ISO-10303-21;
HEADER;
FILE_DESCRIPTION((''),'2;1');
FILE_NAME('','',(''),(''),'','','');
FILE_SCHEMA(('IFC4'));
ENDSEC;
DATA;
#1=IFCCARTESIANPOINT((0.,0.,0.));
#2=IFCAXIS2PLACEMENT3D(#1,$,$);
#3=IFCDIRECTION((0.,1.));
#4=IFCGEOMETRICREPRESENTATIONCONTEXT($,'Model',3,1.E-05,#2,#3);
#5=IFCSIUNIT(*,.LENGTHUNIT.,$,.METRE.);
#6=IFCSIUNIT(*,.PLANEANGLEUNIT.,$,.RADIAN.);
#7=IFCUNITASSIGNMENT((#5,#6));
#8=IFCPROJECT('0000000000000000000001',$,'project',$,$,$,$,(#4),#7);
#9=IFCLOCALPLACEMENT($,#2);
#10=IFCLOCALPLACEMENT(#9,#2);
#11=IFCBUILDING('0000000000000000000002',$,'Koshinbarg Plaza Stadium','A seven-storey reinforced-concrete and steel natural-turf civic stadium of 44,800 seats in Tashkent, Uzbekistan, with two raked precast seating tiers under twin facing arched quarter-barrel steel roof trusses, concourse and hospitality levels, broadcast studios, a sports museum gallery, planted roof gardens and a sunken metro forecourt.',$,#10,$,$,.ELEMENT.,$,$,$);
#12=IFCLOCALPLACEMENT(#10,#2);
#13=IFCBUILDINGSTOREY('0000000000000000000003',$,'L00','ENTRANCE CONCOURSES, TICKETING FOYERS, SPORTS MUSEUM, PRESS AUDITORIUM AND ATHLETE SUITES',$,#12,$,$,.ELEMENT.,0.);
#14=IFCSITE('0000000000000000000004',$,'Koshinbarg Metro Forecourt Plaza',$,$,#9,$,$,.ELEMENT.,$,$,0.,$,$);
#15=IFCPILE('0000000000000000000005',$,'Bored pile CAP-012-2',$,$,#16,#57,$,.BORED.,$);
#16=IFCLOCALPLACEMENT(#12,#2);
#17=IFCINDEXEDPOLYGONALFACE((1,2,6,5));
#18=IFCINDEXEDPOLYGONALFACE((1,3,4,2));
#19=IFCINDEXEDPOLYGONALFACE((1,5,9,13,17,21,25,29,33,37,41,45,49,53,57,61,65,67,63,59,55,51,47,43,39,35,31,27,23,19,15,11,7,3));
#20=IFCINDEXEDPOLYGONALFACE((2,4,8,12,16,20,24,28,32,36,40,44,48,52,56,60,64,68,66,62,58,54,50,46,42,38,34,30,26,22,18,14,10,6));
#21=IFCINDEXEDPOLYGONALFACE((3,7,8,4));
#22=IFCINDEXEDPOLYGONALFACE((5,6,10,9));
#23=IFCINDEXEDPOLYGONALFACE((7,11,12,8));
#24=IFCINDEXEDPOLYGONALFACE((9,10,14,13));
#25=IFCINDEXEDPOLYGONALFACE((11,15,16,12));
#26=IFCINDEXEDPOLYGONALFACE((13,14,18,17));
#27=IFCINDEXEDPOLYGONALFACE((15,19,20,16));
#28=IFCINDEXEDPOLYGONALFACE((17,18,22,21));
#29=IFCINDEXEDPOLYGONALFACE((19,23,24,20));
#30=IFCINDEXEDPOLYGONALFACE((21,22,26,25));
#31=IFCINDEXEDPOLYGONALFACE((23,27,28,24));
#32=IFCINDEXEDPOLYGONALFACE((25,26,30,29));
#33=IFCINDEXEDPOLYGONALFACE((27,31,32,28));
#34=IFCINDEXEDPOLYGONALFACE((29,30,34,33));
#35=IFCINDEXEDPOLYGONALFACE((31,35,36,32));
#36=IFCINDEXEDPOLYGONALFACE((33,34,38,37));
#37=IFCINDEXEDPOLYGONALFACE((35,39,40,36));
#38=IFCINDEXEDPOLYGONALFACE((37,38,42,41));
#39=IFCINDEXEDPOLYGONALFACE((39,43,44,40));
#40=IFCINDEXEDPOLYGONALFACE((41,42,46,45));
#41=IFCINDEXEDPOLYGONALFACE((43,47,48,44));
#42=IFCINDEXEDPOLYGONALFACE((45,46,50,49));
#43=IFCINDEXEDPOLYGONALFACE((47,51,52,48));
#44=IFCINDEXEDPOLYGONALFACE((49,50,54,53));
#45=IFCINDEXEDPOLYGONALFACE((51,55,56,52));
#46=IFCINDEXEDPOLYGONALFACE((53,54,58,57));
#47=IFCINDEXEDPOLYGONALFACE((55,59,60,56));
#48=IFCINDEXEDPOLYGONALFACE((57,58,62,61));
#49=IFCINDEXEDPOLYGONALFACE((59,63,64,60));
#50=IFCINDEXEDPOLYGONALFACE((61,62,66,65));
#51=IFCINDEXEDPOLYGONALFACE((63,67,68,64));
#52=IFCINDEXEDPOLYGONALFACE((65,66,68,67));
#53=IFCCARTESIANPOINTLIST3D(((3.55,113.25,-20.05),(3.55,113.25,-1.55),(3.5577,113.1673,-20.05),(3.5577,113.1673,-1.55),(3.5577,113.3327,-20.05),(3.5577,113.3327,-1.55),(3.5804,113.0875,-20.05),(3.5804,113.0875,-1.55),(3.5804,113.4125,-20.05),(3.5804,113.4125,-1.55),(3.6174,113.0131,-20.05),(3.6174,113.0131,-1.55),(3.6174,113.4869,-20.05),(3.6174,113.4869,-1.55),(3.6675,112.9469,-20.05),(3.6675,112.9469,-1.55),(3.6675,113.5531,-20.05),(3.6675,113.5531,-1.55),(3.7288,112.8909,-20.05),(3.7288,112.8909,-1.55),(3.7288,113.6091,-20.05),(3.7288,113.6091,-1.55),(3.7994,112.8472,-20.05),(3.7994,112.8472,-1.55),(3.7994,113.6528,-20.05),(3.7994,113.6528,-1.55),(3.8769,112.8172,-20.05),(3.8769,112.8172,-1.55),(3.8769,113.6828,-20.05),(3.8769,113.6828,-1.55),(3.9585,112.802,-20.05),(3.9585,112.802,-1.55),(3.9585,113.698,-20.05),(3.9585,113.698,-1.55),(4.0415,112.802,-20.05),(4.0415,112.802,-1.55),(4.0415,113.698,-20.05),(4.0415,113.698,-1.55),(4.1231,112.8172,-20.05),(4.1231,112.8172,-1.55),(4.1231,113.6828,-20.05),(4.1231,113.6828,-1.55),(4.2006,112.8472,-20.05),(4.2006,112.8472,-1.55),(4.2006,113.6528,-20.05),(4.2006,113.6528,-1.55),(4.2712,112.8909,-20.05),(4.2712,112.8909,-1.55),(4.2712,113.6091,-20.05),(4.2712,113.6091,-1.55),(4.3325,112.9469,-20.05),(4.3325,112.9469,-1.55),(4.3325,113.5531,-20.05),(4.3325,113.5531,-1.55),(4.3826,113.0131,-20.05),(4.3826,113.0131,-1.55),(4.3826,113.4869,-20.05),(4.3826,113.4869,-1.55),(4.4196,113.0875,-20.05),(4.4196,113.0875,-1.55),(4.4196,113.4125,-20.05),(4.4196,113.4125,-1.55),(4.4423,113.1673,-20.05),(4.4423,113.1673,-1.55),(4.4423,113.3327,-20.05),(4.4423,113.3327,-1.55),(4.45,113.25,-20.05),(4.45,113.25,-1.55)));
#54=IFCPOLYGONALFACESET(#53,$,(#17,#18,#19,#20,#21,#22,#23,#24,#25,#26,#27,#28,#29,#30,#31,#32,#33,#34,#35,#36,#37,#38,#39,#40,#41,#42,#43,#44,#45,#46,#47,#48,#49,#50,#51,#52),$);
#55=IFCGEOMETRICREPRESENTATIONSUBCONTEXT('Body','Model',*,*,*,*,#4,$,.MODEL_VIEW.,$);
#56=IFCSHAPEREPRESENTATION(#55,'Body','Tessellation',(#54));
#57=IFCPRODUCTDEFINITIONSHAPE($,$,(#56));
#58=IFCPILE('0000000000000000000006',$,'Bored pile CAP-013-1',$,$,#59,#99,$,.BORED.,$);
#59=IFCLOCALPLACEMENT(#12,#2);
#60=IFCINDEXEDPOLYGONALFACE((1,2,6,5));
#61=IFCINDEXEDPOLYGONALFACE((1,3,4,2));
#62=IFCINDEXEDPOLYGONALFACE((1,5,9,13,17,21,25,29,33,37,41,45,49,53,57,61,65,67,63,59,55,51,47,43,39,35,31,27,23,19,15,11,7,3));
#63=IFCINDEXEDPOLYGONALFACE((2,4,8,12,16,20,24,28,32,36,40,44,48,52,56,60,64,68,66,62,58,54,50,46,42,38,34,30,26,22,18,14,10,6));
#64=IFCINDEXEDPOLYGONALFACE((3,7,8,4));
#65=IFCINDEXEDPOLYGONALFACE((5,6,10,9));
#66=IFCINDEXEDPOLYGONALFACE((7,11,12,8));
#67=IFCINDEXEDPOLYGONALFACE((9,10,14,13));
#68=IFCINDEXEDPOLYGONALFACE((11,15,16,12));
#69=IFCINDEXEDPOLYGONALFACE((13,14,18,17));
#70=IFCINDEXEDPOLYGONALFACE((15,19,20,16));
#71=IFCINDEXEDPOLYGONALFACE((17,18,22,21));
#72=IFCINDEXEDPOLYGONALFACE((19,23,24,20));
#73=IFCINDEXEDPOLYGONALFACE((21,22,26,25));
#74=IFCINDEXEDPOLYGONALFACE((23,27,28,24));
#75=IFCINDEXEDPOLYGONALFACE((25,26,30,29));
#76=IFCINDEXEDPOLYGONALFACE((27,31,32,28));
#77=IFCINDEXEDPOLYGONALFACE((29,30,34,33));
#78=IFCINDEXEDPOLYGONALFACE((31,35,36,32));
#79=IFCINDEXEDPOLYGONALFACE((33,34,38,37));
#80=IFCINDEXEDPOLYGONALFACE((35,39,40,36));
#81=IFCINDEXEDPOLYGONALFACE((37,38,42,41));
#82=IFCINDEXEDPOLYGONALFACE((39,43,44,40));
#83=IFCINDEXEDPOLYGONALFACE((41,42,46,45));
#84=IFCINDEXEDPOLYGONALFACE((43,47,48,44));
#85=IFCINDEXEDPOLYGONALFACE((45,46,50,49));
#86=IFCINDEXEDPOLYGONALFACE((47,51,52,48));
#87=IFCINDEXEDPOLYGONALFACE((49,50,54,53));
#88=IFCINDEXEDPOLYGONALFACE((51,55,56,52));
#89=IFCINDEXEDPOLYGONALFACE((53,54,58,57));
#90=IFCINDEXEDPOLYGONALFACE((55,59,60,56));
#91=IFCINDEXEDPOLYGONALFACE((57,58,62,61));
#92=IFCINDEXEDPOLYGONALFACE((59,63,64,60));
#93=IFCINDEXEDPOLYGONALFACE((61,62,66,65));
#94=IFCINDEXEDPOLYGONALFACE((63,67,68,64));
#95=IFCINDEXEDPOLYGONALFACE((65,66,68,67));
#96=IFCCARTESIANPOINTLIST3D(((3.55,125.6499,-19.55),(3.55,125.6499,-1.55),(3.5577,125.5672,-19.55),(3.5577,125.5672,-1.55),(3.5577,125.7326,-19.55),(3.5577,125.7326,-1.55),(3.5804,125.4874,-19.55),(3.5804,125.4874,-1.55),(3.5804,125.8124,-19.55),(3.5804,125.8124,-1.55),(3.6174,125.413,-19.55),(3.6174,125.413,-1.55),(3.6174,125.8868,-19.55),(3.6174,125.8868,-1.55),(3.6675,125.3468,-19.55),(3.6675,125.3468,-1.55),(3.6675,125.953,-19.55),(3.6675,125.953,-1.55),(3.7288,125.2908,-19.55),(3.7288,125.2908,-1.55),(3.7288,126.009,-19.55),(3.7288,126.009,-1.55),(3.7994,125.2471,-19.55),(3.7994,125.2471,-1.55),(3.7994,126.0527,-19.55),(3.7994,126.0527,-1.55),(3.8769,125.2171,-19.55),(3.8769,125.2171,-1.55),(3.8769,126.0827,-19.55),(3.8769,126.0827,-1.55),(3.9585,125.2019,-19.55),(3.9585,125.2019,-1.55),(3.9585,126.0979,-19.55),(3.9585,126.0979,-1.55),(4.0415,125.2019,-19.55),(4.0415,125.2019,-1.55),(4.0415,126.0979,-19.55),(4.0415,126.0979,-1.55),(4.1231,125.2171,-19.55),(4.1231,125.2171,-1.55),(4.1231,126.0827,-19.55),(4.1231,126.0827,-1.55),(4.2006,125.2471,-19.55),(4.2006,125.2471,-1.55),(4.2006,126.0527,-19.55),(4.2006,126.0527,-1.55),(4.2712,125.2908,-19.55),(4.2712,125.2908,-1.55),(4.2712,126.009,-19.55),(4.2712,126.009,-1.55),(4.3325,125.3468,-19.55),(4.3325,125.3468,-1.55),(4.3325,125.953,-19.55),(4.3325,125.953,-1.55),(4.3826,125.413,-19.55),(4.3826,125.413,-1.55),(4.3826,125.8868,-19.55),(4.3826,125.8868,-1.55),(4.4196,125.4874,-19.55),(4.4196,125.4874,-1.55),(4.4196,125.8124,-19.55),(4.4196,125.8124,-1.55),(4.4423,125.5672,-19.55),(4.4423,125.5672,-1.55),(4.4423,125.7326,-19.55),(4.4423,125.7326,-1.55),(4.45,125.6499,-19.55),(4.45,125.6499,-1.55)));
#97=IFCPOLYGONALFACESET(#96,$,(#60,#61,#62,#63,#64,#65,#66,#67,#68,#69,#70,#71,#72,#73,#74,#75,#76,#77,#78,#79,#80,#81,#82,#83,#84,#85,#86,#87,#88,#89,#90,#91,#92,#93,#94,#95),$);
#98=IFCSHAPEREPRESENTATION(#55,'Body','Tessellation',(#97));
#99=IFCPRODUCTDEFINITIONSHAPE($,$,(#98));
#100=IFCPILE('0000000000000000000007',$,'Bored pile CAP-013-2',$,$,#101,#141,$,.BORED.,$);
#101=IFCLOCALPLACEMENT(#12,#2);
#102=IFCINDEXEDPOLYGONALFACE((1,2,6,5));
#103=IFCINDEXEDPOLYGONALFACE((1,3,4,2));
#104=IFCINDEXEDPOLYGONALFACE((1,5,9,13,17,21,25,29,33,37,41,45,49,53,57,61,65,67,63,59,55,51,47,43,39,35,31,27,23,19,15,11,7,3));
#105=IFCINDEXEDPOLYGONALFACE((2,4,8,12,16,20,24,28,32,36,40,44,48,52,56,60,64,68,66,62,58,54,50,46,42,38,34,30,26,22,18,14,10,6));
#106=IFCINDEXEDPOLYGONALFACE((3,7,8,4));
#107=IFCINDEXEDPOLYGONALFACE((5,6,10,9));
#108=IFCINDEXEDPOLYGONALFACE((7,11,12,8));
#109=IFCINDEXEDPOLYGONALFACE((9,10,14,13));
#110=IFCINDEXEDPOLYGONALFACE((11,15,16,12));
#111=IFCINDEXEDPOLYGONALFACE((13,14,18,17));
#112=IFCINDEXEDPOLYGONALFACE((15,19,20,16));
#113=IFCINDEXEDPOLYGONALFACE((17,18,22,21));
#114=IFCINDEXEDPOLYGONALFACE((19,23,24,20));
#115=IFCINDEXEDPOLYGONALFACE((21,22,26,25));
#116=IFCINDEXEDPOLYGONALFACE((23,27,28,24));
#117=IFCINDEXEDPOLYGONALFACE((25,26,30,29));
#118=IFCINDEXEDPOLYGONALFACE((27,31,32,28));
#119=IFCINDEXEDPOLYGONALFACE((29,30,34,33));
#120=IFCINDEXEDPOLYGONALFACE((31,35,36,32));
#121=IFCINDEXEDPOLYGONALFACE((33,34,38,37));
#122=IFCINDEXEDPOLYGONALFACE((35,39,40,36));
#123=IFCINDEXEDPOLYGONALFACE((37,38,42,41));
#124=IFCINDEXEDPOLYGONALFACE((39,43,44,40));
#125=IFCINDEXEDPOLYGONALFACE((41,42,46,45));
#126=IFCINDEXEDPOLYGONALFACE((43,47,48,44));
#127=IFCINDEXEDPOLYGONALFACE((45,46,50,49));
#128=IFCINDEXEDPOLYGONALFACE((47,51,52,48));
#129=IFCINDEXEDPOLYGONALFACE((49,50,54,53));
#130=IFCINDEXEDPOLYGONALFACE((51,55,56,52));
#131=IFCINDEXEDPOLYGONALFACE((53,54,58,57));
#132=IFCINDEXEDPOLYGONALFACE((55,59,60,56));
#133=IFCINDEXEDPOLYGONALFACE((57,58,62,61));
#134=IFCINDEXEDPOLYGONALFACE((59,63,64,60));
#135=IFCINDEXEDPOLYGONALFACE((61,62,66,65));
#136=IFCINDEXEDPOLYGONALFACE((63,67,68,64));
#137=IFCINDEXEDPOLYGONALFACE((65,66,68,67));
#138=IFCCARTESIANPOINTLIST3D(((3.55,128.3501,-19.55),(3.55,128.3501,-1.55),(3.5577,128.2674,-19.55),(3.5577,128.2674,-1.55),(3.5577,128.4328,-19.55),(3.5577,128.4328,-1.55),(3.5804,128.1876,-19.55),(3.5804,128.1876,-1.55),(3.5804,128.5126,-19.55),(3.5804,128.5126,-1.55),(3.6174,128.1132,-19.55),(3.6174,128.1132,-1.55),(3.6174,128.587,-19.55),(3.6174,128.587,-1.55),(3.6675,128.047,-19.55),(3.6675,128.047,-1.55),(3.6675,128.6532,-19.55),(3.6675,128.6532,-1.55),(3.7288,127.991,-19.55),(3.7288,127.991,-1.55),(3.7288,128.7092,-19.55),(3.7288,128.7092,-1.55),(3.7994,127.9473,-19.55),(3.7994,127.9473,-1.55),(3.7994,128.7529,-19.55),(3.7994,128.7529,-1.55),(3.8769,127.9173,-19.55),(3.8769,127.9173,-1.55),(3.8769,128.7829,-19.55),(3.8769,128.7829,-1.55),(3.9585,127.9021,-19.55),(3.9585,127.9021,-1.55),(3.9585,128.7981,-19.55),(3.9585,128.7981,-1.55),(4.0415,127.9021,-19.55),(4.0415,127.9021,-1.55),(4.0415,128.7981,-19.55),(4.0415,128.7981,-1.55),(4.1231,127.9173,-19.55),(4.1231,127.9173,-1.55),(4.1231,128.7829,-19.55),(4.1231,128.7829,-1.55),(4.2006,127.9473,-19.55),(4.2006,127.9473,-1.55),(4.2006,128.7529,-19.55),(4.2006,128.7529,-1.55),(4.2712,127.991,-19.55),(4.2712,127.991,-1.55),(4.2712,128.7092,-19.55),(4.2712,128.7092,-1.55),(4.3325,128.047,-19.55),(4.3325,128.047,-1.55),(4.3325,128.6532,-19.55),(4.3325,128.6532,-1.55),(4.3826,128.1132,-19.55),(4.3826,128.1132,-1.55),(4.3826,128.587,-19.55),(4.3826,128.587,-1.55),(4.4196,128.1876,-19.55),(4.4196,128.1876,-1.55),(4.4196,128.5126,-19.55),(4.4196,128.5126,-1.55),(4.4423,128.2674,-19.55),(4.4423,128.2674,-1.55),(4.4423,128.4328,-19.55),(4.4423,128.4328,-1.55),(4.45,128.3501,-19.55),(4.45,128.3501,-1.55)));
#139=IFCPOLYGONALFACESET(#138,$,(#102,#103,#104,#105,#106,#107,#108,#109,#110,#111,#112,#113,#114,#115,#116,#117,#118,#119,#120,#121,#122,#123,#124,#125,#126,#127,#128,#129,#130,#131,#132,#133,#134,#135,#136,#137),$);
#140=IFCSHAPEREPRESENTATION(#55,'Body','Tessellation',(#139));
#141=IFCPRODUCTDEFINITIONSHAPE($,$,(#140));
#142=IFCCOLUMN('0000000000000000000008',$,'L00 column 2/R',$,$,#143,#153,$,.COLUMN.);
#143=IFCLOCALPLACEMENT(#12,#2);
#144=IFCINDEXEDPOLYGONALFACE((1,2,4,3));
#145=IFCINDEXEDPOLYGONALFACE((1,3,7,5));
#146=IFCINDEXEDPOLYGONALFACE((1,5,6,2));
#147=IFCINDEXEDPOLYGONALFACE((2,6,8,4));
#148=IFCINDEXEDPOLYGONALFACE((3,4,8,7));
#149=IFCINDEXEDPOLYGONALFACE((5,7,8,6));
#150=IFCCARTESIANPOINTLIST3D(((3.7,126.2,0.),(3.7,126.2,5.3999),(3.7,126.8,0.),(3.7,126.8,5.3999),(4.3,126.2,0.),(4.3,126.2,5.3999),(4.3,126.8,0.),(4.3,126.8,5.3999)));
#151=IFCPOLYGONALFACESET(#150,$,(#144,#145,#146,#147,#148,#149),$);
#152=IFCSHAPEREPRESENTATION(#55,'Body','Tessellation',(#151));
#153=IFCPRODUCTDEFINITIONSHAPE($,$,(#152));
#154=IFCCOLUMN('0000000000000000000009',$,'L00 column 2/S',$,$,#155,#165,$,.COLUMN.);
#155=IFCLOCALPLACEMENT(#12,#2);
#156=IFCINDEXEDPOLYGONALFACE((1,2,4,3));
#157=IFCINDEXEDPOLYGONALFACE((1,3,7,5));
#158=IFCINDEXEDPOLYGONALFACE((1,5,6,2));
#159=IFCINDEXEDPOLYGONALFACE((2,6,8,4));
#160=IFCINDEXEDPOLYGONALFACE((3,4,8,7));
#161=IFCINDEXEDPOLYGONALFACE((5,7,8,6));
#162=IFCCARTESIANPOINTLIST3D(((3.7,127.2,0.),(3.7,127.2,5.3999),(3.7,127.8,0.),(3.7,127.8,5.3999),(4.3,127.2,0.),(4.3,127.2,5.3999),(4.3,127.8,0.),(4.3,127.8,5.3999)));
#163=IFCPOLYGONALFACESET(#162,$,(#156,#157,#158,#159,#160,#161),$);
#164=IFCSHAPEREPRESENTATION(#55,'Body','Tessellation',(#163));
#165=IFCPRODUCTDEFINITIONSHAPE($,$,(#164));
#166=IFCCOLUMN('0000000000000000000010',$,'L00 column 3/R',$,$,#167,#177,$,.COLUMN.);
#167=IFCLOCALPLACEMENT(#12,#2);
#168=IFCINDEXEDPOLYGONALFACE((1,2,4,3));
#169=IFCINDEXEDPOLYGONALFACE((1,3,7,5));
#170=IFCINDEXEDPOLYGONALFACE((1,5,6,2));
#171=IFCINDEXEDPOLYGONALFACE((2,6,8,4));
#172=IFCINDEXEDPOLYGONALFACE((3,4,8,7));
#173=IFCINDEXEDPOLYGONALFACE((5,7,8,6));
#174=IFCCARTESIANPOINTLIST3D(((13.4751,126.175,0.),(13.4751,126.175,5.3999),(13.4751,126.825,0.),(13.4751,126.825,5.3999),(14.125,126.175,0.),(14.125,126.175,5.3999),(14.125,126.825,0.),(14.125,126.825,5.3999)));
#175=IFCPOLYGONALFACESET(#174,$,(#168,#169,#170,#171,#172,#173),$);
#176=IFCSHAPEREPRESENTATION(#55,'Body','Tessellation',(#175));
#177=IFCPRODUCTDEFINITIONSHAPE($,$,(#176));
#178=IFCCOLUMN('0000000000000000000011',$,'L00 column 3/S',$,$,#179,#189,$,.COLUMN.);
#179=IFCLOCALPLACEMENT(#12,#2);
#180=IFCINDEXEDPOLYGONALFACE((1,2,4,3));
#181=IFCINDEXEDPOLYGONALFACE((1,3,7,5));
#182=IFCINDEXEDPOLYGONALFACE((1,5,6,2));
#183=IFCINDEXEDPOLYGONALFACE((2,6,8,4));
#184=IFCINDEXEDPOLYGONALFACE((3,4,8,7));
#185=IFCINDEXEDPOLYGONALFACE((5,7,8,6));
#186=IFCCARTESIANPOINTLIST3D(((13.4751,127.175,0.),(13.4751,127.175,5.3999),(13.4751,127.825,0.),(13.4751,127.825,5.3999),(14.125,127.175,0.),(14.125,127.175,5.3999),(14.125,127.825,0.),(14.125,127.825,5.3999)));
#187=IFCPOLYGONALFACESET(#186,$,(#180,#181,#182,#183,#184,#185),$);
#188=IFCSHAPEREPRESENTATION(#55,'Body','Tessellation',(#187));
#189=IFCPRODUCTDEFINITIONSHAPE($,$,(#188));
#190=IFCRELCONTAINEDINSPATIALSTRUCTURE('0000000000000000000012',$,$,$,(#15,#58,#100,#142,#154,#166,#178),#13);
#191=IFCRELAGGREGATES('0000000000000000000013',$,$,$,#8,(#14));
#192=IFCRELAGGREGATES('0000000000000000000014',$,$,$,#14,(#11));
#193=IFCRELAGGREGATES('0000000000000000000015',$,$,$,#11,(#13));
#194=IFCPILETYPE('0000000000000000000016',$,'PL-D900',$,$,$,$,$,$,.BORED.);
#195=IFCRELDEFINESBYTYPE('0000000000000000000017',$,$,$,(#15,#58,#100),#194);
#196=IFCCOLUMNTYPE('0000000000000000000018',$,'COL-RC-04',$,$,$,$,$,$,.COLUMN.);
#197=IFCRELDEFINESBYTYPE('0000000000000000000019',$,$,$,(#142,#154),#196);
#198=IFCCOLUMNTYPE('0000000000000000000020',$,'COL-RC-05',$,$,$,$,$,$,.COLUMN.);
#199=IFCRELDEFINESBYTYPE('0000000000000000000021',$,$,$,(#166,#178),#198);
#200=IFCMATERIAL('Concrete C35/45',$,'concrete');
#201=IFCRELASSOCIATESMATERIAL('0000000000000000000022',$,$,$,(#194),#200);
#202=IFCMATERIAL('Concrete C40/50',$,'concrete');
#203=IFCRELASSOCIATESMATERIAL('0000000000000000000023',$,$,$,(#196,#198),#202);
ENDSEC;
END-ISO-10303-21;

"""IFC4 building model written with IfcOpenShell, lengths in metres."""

from ifc_helpers import new_model, si_unit, direction, frame, origin, origin_2d, place, context, subcontext, project, spatial, rectangle, circle, extrude, material, material_profile, profile_set, type_object, element, save


model = new_model("IFC4")

# Units and contexts
model_context = context("Model", 3, precision=1e-05, world=origin(), true_north=direction((0.0, 1.0)))
body_context = subcontext(model_context, "Body", "Model", "MODEL_VIEW")
ifc_project = project(units=[si_unit("LENGTHUNIT", "METRE"), si_unit("PLANEANGLEUNIT", "RADIAN")], contexts=[model_context])

# Site, building, storey
site_placement = place(None, origin())
site = spatial("IfcSite", under=ifc_project, at=site_placement, Name="Koshinbarg Metro Forecourt Plaza", CompositionType="ELEMENT", RefElevation=0.0)
building_placement = place(site_placement, origin())
building = spatial("IfcBuilding", under=site, at=building_placement, Name="Koshinbarg Plaza Stadium", Description="A seven-storey reinforced-concrete and steel natural-turf civic stadium of 44,800 seats in Tashkent, Uzbekistan, with two raked precast seating tiers under twin facing arched quarter-barrel steel roof trusses, concourse and hospitality levels, broadcast studios, a sports museum gallery, planted roof gardens and a sunken metro forecourt.", CompositionType="ELEMENT")
storey_placement = place(building_placement, origin())
storey = spatial("IfcBuildingStorey", under=building, at=storey_placement, Name="L00", Description="ENTRANCE CONCOURSES, TICKETING FOYERS, SPORTS MUSEUM, PRESS AUDITORIUM AND ATHLETE SUITES", CompositionType="ELEMENT", Elevation=0.0)

# Shared definitions
ifc_material_1 = material(Name="Concrete C35/45", Category="concrete")

# Piles
ifc_material_profile_1 = material_profile(ifc_material_1, circle(Radius=0.45, at=origin_2d()), Name="PILE D900")
ifc_profile_set_1 = profile_set([ifc_material_profile_1], Name="Concrete C35/45")
pile_type_1 = type_object("IfcPileType", Name="PL-D900", PredefinedType="BORED", material=ifc_profile_set_1)
pile_placement = place(storey_placement, frame((4.0, 113.25, -1.55), z_axis=(0.0, 0.0, -1.0), x_axis=(1.0, 0.0, 0.0)))
element("IfcPile", 1, at=pile_placement, inside=storey, type_object=pile_type_1, Name="Bored pile CAP-012-2", PredefinedType="BORED", context=body_context, shape_type="SweptSolid", body=[
    extrude(circle(Radius=0.45, at=origin_2d()), origin(), (0.0, 0.0, 1.0), 18.5),
])
for number, where, z_axis, x_axis, name in (
    (2, (4.0, 125.6499, -1.55), (0.0, 0.0, -1.0), (1.0, 0.0, 0.0), "Bored pile CAP-013-1"),
    (3, (4.0, 128.3501, -1.55), (0.0, 0.0, -1.0), (1.0, 0.0, 0.0), "Bored pile CAP-013-2"),
):
    element("IfcPile", number, at=place(storey_placement, frame(where, z_axis=z_axis, x_axis=x_axis)), inside=storey, type_object=pile_type_1, Name=name, PredefinedType="BORED", context=body_context, shape_type="SweptSolid", body=[
        extrude(circle(Radius=0.45, at=origin_2d()), origin(), (0.0, 0.0, 1.0), 18.0),
    ])

# Columns
ifc_material_2 = material(Name="Concrete C40/50", Category="concrete")
ifc_material_profile_2 = material_profile(ifc_material_2, rectangle(XDim=0.6001, YDim=0.6001, at=origin_2d()), Name="RC 600x600")
ifc_profile_set_2 = profile_set([ifc_material_profile_2], Name="Concrete C40/50")
column_type_1 = type_object("IfcColumnType", Name="COL-RC-04", PredefinedType="COLUMN", material=ifc_profile_set_2)
for number, where, z_axis, x_axis, name in (
    (4, (4.0, 126.5, 0.0), (0.0, 0.0, 1.0), (1.0, 0.0, 0.0), "L00 column 2/R"),
    (5, (4.0, 127.5, 0.0), (0.0, 0.0, 1.0), (1.0, 0.0, 0.0), "L00 column 2/S"),
):
    element("IfcColumn", number, at=place(storey_placement, frame(where, z_axis=z_axis, x_axis=x_axis)), inside=storey, type_object=column_type_1, Name=name, PredefinedType="COLUMN", context=body_context, shape_type="SweptSolid", body=[
        extrude(rectangle(XDim=0.6001, YDim=0.6001, at=origin_2d()), origin(), (0.0, 0.0, 1.0), 5.3999),
    ])
ifc_material_profile_3 = material_profile(ifc_material_2, rectangle(XDim=0.6499, YDim=0.6499, at=origin_2d()), Name="RC 650x650")
ifc_profile_set_3 = profile_set([ifc_material_profile_3], Name="Concrete C40/50")
column_type_2 = type_object("IfcColumnType", Name="COL-RC-05", PredefinedType="COLUMN", material=ifc_profile_set_3)
for number, where, z_axis, x_axis, name in (
    (6, (13.8, 126.5, 0.0), (0.0, 0.0, 1.0), (1.0, 0.0, 0.0), "L00 column 3/R"),
    (7, (13.8, 127.5, 0.0), (0.0, 0.0, 1.0), (1.0, 0.0, 0.0), "L00 column 3/S"),
):
    element("IfcColumn", number, at=place(storey_placement, frame(where, z_axis=z_axis, x_axis=x_axis)), inside=storey, type_object=column_type_2, Name=name, PredefinedType="COLUMN", context=body_context, shape_type="SweptSolid", body=[
        extrude(rectangle(XDim=0.6499, YDim=0.6499, at=origin_2d()), origin(), (0.0, 0.0, 1.0), 5.3999),
    ])

save(model, "model.ifc")
